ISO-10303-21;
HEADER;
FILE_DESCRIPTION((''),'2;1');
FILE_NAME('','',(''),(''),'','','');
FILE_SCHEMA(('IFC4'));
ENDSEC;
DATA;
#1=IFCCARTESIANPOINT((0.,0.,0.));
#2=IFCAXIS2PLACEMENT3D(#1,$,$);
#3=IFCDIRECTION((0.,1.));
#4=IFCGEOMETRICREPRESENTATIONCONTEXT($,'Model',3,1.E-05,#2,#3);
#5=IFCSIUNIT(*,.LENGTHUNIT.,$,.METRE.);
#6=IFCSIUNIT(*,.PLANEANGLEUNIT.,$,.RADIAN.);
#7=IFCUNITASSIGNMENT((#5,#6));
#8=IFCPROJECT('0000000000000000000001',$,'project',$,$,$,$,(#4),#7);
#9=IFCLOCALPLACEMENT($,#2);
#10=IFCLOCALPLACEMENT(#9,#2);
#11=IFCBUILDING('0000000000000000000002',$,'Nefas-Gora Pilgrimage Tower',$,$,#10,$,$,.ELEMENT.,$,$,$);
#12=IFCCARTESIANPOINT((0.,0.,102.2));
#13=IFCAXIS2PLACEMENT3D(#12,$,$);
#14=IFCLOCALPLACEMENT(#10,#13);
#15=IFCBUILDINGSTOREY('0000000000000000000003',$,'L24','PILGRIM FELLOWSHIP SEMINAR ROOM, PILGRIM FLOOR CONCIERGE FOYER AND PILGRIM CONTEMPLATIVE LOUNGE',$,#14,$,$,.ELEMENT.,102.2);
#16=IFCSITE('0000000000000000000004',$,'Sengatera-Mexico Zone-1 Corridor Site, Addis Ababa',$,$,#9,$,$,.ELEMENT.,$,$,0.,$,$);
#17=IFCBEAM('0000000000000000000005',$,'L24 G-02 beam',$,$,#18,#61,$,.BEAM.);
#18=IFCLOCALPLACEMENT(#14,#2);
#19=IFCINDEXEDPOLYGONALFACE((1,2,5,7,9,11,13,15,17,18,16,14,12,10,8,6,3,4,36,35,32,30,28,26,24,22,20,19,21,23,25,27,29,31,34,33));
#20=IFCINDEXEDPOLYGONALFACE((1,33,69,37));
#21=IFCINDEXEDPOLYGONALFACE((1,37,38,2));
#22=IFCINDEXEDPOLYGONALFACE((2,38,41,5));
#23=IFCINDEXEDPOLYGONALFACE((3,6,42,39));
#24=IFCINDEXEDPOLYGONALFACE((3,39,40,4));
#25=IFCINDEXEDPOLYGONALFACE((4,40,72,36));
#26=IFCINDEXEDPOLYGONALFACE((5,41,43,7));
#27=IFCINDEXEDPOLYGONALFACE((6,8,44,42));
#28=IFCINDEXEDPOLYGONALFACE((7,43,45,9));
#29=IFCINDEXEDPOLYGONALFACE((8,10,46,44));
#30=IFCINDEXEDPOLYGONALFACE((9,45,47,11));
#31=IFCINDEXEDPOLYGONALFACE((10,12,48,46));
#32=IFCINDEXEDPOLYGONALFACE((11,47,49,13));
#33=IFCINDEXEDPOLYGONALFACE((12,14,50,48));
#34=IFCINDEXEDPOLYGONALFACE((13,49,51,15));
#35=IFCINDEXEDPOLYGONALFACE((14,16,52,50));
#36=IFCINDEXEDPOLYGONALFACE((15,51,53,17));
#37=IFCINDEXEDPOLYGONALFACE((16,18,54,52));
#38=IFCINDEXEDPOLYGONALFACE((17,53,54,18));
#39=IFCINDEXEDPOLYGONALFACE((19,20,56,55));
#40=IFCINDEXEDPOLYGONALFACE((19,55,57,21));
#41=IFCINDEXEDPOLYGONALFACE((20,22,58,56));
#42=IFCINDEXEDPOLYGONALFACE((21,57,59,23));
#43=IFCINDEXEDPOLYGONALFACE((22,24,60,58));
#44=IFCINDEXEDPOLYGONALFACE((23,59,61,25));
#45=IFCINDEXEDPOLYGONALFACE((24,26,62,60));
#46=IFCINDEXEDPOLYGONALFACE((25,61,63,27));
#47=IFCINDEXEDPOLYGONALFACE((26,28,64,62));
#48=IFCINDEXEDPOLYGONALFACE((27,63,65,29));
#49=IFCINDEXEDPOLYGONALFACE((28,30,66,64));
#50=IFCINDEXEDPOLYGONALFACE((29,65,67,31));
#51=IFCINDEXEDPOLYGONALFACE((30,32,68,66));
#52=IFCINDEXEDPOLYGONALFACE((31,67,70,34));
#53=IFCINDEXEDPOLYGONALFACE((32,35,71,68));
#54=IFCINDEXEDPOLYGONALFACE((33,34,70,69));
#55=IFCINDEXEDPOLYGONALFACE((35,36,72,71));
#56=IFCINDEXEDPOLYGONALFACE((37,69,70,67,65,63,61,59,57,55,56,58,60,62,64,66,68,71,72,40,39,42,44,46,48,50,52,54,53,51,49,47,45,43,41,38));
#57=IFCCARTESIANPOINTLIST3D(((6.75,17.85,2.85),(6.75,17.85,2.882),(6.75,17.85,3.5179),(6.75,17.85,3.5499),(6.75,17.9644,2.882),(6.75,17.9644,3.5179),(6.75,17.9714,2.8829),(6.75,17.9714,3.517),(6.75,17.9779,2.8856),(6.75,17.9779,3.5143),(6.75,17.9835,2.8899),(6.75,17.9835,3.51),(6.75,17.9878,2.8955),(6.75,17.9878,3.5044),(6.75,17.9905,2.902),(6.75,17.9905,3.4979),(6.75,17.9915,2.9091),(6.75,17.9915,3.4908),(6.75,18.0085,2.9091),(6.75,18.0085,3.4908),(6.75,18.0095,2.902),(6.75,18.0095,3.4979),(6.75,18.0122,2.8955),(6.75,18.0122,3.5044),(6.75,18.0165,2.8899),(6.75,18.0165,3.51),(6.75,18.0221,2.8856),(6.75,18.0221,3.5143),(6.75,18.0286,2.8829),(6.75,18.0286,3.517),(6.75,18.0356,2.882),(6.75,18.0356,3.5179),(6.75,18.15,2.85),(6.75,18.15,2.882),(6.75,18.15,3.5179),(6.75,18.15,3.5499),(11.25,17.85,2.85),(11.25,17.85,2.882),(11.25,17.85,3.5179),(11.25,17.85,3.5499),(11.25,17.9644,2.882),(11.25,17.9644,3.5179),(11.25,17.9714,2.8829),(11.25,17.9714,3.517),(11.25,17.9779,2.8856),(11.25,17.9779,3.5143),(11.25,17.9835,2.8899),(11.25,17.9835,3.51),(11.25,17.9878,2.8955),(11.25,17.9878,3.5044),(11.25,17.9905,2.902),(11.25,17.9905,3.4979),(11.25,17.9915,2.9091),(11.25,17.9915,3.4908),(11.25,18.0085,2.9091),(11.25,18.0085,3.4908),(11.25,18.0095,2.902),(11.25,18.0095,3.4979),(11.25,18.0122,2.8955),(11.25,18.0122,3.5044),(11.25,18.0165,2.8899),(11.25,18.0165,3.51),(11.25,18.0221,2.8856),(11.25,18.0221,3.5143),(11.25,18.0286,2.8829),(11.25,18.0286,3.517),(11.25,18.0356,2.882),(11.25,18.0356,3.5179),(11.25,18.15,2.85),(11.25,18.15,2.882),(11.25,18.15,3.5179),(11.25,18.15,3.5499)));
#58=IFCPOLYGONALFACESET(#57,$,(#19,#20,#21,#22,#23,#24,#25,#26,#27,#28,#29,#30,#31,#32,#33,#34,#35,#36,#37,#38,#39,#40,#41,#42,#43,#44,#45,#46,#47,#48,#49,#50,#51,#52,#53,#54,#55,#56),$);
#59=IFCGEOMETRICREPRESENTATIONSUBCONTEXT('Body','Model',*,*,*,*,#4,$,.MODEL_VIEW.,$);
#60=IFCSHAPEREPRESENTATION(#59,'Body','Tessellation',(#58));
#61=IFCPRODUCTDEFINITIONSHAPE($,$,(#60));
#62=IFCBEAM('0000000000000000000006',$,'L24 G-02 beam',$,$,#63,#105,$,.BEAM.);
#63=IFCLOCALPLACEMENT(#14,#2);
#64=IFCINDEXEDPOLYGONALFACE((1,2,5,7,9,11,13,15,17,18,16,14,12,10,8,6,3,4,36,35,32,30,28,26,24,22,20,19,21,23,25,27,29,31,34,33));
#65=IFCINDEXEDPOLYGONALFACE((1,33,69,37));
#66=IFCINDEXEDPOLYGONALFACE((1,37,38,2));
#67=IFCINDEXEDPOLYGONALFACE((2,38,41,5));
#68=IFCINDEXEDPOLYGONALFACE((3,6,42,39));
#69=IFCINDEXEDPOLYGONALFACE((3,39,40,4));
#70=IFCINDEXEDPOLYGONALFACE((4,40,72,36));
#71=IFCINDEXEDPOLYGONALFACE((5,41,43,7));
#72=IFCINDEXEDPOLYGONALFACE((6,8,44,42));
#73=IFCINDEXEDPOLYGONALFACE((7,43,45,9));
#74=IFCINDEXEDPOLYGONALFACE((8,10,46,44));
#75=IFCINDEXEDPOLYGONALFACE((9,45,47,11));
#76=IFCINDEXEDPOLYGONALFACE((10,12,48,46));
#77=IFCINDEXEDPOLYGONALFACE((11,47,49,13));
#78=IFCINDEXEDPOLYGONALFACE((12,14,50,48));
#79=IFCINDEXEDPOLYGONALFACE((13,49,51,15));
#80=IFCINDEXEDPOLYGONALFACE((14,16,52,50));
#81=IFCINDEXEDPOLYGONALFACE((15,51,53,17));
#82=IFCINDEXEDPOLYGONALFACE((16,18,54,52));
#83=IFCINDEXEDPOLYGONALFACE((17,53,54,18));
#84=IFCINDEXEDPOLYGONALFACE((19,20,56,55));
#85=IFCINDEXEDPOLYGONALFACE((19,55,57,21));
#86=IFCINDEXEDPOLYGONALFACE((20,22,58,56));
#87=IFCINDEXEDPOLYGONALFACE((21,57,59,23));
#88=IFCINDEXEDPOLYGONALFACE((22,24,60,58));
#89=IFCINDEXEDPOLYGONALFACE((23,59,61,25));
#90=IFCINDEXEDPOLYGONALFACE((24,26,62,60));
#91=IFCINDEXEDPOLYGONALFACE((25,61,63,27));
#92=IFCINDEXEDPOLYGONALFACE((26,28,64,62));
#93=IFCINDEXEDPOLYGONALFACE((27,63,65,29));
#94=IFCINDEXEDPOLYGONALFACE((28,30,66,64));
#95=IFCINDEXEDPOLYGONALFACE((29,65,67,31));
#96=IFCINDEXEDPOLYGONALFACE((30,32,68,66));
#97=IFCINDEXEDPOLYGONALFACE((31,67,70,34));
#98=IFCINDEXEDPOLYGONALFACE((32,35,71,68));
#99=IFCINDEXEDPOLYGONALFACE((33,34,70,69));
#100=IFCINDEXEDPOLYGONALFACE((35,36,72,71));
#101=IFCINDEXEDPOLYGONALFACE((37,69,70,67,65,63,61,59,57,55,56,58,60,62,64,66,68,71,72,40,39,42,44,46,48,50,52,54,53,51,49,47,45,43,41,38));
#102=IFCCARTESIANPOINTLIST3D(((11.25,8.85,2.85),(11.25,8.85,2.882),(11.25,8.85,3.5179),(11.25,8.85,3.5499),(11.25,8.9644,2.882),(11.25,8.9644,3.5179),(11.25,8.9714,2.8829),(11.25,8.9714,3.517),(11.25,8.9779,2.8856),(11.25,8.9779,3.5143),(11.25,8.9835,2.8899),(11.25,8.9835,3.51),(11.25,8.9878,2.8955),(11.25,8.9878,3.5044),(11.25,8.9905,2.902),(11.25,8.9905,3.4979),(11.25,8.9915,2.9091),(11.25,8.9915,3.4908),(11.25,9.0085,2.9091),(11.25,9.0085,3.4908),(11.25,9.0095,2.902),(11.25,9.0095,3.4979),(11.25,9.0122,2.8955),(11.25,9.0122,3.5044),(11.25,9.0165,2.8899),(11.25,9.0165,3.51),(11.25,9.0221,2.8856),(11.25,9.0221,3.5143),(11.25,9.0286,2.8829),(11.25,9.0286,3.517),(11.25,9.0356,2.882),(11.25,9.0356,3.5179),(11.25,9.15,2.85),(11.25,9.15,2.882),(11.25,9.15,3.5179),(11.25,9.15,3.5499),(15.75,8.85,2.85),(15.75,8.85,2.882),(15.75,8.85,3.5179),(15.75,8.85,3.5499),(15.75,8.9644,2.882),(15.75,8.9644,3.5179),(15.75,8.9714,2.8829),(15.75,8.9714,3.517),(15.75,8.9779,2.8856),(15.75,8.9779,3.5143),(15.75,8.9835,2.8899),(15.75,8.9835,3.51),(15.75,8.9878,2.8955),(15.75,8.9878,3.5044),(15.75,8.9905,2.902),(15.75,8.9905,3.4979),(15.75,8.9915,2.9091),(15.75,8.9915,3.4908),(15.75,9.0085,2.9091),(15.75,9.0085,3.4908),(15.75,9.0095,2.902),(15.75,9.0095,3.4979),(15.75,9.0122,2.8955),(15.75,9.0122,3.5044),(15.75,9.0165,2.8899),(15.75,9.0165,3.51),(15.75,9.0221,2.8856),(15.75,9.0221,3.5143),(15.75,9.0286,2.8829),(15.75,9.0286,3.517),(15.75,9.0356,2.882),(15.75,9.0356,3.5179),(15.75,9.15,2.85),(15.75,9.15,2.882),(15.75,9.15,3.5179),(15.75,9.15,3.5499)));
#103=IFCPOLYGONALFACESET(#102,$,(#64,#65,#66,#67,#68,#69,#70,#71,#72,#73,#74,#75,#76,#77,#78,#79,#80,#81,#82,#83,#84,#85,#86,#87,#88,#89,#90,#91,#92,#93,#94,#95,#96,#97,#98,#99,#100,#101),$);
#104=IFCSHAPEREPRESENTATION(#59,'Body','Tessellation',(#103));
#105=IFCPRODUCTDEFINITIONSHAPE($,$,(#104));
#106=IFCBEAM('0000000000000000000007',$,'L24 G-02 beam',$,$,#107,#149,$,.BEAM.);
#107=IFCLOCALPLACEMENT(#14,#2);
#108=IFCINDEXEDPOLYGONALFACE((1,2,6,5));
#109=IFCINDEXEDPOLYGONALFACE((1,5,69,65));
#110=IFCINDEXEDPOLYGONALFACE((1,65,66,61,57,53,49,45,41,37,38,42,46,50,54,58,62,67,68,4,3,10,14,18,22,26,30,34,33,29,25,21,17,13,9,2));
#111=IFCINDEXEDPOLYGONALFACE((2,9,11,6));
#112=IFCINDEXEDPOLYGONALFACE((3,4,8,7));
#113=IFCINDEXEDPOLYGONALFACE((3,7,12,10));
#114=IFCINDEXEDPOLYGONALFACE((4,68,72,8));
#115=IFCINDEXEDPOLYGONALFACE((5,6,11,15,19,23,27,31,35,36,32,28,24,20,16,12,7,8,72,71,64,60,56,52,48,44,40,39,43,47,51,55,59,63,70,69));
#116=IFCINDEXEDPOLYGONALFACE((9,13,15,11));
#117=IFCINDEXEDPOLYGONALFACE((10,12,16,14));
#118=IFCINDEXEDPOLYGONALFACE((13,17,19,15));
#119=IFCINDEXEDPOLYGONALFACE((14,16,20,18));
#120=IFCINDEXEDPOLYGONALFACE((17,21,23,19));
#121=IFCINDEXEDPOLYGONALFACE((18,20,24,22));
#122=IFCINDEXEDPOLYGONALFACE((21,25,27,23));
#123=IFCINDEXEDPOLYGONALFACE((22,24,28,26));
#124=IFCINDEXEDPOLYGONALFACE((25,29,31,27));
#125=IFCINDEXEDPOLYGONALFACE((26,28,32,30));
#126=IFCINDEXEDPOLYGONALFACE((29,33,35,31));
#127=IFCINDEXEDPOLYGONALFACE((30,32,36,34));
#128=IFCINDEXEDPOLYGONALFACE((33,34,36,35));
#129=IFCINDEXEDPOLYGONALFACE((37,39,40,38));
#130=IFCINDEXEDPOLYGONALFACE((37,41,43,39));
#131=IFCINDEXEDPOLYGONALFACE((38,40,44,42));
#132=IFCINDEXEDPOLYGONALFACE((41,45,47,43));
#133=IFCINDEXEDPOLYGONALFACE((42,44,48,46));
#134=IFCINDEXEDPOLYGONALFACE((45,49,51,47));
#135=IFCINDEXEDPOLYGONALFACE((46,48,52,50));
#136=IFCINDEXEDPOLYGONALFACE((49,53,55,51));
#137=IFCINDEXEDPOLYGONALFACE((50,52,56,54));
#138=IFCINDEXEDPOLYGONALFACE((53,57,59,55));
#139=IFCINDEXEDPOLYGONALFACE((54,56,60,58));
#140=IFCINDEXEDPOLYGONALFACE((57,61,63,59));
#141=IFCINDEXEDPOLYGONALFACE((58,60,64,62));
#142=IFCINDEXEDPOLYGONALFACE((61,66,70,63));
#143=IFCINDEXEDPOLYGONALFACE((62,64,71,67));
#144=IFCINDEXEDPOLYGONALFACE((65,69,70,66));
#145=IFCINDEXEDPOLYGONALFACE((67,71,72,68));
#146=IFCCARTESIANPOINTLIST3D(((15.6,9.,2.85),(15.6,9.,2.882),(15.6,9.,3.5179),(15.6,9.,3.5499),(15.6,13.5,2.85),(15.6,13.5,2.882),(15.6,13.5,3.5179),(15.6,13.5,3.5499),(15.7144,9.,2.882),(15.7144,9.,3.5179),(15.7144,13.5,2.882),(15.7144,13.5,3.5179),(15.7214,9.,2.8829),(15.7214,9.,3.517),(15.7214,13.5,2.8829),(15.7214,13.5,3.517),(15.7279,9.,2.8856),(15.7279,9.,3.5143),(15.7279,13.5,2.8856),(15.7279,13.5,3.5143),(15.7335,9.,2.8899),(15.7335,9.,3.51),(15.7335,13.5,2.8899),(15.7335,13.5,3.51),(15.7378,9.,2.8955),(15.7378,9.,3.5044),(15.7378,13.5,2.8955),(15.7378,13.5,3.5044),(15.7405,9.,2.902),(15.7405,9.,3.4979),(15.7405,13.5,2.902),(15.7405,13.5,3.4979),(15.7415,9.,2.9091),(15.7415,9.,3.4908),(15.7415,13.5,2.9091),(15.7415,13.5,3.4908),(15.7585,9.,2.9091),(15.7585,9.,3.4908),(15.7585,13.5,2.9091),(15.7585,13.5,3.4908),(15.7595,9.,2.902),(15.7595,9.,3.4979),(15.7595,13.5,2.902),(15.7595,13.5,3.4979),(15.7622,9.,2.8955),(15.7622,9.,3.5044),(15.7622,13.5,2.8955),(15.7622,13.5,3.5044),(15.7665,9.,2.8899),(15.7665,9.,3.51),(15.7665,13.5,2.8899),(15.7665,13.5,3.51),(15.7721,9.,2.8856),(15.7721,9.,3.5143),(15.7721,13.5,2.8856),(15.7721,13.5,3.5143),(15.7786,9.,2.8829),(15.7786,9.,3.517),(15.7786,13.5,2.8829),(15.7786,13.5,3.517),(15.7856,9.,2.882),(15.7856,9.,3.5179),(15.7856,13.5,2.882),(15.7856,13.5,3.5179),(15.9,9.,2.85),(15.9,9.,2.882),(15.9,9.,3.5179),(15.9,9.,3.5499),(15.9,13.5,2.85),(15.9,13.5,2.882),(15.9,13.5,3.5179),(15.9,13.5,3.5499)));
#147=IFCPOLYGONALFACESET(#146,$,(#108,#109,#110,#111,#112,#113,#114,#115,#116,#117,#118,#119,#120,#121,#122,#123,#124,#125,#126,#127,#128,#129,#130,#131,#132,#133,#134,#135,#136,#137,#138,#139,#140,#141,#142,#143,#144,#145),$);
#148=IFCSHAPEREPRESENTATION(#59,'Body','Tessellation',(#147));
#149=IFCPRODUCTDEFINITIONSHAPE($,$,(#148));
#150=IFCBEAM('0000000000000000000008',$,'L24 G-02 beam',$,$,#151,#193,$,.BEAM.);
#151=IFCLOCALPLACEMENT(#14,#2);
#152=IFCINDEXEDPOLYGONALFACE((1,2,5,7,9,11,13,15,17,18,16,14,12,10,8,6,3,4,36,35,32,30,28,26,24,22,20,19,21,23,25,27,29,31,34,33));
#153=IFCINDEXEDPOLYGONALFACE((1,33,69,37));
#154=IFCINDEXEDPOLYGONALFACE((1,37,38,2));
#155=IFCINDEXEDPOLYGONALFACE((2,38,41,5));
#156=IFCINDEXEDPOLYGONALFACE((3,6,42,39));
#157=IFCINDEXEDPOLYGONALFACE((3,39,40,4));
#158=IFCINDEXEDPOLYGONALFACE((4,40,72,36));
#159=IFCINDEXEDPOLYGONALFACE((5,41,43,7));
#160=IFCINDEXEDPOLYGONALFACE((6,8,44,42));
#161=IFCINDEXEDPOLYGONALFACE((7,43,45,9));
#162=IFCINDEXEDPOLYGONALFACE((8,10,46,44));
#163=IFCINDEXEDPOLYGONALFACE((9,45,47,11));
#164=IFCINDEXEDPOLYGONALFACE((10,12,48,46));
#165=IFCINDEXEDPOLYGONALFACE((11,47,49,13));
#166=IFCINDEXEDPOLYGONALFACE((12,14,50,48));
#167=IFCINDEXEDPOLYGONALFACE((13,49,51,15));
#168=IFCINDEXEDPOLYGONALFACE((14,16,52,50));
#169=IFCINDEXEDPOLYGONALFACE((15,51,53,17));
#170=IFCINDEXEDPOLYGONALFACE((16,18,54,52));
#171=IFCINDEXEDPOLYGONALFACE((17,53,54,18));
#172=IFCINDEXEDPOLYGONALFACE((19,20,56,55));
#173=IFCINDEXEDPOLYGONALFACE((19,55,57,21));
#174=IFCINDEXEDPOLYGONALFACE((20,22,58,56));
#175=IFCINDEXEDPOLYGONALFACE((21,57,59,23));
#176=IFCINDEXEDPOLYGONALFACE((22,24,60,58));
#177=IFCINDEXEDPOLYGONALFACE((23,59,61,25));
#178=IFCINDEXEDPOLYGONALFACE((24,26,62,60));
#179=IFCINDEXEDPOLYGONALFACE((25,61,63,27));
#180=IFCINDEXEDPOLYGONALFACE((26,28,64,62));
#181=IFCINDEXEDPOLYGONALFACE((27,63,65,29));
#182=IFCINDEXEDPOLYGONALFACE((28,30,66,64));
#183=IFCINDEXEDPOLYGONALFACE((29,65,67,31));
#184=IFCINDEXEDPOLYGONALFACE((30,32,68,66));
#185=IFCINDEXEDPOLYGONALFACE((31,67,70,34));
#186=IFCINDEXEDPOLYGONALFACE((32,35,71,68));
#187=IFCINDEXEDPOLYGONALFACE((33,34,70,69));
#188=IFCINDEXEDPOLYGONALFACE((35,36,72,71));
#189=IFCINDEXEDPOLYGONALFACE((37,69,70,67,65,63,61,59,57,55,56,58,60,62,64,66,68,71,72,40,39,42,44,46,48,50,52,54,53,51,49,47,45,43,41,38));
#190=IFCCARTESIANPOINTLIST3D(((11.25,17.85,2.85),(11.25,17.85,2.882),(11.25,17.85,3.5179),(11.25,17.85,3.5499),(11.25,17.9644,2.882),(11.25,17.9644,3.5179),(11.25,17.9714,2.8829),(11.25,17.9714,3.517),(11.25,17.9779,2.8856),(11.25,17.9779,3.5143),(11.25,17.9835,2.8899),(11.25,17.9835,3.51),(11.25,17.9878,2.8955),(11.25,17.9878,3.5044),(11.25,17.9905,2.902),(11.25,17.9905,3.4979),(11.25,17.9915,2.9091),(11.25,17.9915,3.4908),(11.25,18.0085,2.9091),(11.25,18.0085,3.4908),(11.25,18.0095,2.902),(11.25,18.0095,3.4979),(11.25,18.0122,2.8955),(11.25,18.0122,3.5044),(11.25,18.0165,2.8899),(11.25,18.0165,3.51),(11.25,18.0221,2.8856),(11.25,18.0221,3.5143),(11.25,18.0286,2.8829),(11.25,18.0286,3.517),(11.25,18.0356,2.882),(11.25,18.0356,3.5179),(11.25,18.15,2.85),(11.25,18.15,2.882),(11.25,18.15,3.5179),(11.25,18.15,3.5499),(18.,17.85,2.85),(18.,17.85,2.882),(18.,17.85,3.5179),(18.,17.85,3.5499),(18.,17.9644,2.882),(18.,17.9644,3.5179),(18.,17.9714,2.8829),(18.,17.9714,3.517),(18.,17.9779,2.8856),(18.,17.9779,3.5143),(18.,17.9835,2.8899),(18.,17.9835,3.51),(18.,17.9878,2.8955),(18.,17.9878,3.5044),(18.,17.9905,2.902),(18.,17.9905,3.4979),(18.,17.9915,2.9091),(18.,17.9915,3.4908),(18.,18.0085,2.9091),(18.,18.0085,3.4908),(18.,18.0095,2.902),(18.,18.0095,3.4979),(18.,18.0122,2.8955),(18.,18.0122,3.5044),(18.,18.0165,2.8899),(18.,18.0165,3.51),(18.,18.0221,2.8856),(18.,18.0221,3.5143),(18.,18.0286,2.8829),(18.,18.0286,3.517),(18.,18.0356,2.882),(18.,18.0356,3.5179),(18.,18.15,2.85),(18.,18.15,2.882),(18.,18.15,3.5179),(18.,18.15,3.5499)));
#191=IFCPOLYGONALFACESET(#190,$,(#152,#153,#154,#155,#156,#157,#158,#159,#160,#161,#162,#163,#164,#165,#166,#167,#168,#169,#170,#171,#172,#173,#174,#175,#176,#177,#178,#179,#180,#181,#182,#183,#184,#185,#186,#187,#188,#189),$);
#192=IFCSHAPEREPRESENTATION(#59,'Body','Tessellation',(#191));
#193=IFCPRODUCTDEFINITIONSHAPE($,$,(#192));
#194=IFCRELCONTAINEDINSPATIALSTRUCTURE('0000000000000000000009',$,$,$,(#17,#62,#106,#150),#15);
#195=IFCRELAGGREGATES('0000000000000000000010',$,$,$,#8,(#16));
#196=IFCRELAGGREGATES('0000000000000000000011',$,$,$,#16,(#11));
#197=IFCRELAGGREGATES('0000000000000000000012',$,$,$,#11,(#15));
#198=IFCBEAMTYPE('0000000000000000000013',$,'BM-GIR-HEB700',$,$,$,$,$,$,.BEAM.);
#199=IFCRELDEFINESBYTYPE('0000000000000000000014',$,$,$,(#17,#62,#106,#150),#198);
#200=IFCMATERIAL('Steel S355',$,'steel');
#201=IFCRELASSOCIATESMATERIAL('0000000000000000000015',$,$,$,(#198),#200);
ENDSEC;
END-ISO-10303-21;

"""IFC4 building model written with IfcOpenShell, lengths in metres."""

from ifc_helpers import new_model, si_unit, direction, frame, origin, origin_2d, place, context, subcontext, project, spatial, i_section, extrude, source, transform, mapped, material, material_profile, profile_set, type_object, element, save


model = new_model("IFC4")

# Units and contexts
model_context = context("Model", 3, precision=1e-05, world=origin(), true_north=direction((0.0, 1.0)))
body_context = subcontext(model_context, "Body", "Model", "MODEL_VIEW")
ifc_project = project(units=[si_unit("LENGTHUNIT", "METRE"), si_unit("PLANEANGLEUNIT", "RADIAN")], contexts=[model_context])

# Site, building, storey
site_placement = place(None, origin())
site = spatial("IfcSite", under=ifc_project, at=site_placement, Name="Sengatera-Mexico Zone-1 Corridor Site, Addis Ababa", CompositionType="ELEMENT", RefElevation=0.0)
building_placement = place(site_placement, origin())
building = spatial("IfcBuilding", under=site, at=building_placement, Name="Nefas-Gora Pilgrimage Tower", CompositionType="ELEMENT")
storey_placement = place(building_placement, frame((0.0, 0.0, 102.2)))
storey = spatial("IfcBuildingStorey", under=building, at=storey_placement, Name="L24", Description="PILGRIM FELLOWSHIP SEMINAR ROOM, PILGRIM FLOOR CONCIERGE FOYER AND PILGRIM CONTEMPLATIVE LOUNGE", CompositionType="ELEMENT", Elevation=102.2)

# Beams
ifc_material_1 = material(Name="Steel S355", Category="steel")
ifc_material_profile_1 = material_profile(ifc_material_1, i_section(OverallWidth=0.3, OverallDepth=0.7, WebThickness=0.0171, FlangeThickness=0.032, FilletRadius=0.0271, at=origin_2d()), Name="HEB 700")
ifc_profile_set_1 = profile_set([ifc_material_profile_1], Name="Steel S355")
beam_type_1 = type_object("IfcBeamType", Name="BM-GIR-HEB700", PredefinedType="BEAM", material=ifc_profile_set_1)
shared_shape_1 = source(origin(), body_context, "Body", "SweptSolid", [
    extrude(i_section(OverallWidth=0.3, OverallDepth=0.7, WebThickness=0.0171, FlangeThickness=0.032, FilletRadius=0.0271, at=origin_2d()), origin(), (0.0, 0.0, 1.0), 4.5),
])
for number, where, z_axis, x_axis, name in (
    (1, (6.75, 18.0, 3.2), (1.0, 0.0, 0.0), (0.0, 1.0, 0.0), "L24 G-02 beam"),
    (2, (11.25, 9.0, 3.2), (1.0, 0.0, 0.0), (0.0, 1.0, 0.0), "L24 G-02 beam"),
    (3, (15.75, 9.0, 3.2), (0.0, 1.0, 0.0), (-1.0, 0.0, 0.0), "L24 G-02 beam"),
):
    element("IfcBeam", number, at=place(storey_placement, frame(where, z_axis=z_axis, x_axis=x_axis)), inside=storey, type_object=beam_type_1, Name=name, PredefinedType="BEAM", context=body_context, shape_type="MappedRepresentation", body=[
        mapped(shared_shape_1, transform((0.0, 0.0, 0.0), x_axis=(1.0, 0.0, 0.0), y_axis=(0.0, 1.0, 0.0), z_axis=(0.0, 0.0, 1.0), scale=1.0)),
    ])
shared_shape_2 = source(origin(), body_context, "Body", "SweptSolid", [
    extrude(i_section(OverallWidth=0.3, OverallDepth=0.7, WebThickness=0.0171, FlangeThickness=0.032, FilletRadius=0.0271, at=origin_2d()), origin(), (0.0, 0.0, 1.0), 6.75),
])
beam_1_placement = place(storey_placement, frame((11.25, 18.0, 3.2), z_axis=(1.0, 0.0, 0.0), x_axis=(0.0, 1.0, 0.0)))
element("IfcBeam", 4, at=beam_1_placement, inside=storey, type_object=beam_type_1, Name="L24 G-02 beam", PredefinedType="BEAM", context=body_context, shape_type="MappedRepresentation", body=[
    mapped(shared_shape_2, transform((0.0, 0.0, 0.0), x_axis=(1.0, 0.0, 0.0), y_axis=(0.0, 1.0, 0.0), z_axis=(0.0, 0.0, 1.0), scale=1.0)),
])

save(model, "model.ifc")
